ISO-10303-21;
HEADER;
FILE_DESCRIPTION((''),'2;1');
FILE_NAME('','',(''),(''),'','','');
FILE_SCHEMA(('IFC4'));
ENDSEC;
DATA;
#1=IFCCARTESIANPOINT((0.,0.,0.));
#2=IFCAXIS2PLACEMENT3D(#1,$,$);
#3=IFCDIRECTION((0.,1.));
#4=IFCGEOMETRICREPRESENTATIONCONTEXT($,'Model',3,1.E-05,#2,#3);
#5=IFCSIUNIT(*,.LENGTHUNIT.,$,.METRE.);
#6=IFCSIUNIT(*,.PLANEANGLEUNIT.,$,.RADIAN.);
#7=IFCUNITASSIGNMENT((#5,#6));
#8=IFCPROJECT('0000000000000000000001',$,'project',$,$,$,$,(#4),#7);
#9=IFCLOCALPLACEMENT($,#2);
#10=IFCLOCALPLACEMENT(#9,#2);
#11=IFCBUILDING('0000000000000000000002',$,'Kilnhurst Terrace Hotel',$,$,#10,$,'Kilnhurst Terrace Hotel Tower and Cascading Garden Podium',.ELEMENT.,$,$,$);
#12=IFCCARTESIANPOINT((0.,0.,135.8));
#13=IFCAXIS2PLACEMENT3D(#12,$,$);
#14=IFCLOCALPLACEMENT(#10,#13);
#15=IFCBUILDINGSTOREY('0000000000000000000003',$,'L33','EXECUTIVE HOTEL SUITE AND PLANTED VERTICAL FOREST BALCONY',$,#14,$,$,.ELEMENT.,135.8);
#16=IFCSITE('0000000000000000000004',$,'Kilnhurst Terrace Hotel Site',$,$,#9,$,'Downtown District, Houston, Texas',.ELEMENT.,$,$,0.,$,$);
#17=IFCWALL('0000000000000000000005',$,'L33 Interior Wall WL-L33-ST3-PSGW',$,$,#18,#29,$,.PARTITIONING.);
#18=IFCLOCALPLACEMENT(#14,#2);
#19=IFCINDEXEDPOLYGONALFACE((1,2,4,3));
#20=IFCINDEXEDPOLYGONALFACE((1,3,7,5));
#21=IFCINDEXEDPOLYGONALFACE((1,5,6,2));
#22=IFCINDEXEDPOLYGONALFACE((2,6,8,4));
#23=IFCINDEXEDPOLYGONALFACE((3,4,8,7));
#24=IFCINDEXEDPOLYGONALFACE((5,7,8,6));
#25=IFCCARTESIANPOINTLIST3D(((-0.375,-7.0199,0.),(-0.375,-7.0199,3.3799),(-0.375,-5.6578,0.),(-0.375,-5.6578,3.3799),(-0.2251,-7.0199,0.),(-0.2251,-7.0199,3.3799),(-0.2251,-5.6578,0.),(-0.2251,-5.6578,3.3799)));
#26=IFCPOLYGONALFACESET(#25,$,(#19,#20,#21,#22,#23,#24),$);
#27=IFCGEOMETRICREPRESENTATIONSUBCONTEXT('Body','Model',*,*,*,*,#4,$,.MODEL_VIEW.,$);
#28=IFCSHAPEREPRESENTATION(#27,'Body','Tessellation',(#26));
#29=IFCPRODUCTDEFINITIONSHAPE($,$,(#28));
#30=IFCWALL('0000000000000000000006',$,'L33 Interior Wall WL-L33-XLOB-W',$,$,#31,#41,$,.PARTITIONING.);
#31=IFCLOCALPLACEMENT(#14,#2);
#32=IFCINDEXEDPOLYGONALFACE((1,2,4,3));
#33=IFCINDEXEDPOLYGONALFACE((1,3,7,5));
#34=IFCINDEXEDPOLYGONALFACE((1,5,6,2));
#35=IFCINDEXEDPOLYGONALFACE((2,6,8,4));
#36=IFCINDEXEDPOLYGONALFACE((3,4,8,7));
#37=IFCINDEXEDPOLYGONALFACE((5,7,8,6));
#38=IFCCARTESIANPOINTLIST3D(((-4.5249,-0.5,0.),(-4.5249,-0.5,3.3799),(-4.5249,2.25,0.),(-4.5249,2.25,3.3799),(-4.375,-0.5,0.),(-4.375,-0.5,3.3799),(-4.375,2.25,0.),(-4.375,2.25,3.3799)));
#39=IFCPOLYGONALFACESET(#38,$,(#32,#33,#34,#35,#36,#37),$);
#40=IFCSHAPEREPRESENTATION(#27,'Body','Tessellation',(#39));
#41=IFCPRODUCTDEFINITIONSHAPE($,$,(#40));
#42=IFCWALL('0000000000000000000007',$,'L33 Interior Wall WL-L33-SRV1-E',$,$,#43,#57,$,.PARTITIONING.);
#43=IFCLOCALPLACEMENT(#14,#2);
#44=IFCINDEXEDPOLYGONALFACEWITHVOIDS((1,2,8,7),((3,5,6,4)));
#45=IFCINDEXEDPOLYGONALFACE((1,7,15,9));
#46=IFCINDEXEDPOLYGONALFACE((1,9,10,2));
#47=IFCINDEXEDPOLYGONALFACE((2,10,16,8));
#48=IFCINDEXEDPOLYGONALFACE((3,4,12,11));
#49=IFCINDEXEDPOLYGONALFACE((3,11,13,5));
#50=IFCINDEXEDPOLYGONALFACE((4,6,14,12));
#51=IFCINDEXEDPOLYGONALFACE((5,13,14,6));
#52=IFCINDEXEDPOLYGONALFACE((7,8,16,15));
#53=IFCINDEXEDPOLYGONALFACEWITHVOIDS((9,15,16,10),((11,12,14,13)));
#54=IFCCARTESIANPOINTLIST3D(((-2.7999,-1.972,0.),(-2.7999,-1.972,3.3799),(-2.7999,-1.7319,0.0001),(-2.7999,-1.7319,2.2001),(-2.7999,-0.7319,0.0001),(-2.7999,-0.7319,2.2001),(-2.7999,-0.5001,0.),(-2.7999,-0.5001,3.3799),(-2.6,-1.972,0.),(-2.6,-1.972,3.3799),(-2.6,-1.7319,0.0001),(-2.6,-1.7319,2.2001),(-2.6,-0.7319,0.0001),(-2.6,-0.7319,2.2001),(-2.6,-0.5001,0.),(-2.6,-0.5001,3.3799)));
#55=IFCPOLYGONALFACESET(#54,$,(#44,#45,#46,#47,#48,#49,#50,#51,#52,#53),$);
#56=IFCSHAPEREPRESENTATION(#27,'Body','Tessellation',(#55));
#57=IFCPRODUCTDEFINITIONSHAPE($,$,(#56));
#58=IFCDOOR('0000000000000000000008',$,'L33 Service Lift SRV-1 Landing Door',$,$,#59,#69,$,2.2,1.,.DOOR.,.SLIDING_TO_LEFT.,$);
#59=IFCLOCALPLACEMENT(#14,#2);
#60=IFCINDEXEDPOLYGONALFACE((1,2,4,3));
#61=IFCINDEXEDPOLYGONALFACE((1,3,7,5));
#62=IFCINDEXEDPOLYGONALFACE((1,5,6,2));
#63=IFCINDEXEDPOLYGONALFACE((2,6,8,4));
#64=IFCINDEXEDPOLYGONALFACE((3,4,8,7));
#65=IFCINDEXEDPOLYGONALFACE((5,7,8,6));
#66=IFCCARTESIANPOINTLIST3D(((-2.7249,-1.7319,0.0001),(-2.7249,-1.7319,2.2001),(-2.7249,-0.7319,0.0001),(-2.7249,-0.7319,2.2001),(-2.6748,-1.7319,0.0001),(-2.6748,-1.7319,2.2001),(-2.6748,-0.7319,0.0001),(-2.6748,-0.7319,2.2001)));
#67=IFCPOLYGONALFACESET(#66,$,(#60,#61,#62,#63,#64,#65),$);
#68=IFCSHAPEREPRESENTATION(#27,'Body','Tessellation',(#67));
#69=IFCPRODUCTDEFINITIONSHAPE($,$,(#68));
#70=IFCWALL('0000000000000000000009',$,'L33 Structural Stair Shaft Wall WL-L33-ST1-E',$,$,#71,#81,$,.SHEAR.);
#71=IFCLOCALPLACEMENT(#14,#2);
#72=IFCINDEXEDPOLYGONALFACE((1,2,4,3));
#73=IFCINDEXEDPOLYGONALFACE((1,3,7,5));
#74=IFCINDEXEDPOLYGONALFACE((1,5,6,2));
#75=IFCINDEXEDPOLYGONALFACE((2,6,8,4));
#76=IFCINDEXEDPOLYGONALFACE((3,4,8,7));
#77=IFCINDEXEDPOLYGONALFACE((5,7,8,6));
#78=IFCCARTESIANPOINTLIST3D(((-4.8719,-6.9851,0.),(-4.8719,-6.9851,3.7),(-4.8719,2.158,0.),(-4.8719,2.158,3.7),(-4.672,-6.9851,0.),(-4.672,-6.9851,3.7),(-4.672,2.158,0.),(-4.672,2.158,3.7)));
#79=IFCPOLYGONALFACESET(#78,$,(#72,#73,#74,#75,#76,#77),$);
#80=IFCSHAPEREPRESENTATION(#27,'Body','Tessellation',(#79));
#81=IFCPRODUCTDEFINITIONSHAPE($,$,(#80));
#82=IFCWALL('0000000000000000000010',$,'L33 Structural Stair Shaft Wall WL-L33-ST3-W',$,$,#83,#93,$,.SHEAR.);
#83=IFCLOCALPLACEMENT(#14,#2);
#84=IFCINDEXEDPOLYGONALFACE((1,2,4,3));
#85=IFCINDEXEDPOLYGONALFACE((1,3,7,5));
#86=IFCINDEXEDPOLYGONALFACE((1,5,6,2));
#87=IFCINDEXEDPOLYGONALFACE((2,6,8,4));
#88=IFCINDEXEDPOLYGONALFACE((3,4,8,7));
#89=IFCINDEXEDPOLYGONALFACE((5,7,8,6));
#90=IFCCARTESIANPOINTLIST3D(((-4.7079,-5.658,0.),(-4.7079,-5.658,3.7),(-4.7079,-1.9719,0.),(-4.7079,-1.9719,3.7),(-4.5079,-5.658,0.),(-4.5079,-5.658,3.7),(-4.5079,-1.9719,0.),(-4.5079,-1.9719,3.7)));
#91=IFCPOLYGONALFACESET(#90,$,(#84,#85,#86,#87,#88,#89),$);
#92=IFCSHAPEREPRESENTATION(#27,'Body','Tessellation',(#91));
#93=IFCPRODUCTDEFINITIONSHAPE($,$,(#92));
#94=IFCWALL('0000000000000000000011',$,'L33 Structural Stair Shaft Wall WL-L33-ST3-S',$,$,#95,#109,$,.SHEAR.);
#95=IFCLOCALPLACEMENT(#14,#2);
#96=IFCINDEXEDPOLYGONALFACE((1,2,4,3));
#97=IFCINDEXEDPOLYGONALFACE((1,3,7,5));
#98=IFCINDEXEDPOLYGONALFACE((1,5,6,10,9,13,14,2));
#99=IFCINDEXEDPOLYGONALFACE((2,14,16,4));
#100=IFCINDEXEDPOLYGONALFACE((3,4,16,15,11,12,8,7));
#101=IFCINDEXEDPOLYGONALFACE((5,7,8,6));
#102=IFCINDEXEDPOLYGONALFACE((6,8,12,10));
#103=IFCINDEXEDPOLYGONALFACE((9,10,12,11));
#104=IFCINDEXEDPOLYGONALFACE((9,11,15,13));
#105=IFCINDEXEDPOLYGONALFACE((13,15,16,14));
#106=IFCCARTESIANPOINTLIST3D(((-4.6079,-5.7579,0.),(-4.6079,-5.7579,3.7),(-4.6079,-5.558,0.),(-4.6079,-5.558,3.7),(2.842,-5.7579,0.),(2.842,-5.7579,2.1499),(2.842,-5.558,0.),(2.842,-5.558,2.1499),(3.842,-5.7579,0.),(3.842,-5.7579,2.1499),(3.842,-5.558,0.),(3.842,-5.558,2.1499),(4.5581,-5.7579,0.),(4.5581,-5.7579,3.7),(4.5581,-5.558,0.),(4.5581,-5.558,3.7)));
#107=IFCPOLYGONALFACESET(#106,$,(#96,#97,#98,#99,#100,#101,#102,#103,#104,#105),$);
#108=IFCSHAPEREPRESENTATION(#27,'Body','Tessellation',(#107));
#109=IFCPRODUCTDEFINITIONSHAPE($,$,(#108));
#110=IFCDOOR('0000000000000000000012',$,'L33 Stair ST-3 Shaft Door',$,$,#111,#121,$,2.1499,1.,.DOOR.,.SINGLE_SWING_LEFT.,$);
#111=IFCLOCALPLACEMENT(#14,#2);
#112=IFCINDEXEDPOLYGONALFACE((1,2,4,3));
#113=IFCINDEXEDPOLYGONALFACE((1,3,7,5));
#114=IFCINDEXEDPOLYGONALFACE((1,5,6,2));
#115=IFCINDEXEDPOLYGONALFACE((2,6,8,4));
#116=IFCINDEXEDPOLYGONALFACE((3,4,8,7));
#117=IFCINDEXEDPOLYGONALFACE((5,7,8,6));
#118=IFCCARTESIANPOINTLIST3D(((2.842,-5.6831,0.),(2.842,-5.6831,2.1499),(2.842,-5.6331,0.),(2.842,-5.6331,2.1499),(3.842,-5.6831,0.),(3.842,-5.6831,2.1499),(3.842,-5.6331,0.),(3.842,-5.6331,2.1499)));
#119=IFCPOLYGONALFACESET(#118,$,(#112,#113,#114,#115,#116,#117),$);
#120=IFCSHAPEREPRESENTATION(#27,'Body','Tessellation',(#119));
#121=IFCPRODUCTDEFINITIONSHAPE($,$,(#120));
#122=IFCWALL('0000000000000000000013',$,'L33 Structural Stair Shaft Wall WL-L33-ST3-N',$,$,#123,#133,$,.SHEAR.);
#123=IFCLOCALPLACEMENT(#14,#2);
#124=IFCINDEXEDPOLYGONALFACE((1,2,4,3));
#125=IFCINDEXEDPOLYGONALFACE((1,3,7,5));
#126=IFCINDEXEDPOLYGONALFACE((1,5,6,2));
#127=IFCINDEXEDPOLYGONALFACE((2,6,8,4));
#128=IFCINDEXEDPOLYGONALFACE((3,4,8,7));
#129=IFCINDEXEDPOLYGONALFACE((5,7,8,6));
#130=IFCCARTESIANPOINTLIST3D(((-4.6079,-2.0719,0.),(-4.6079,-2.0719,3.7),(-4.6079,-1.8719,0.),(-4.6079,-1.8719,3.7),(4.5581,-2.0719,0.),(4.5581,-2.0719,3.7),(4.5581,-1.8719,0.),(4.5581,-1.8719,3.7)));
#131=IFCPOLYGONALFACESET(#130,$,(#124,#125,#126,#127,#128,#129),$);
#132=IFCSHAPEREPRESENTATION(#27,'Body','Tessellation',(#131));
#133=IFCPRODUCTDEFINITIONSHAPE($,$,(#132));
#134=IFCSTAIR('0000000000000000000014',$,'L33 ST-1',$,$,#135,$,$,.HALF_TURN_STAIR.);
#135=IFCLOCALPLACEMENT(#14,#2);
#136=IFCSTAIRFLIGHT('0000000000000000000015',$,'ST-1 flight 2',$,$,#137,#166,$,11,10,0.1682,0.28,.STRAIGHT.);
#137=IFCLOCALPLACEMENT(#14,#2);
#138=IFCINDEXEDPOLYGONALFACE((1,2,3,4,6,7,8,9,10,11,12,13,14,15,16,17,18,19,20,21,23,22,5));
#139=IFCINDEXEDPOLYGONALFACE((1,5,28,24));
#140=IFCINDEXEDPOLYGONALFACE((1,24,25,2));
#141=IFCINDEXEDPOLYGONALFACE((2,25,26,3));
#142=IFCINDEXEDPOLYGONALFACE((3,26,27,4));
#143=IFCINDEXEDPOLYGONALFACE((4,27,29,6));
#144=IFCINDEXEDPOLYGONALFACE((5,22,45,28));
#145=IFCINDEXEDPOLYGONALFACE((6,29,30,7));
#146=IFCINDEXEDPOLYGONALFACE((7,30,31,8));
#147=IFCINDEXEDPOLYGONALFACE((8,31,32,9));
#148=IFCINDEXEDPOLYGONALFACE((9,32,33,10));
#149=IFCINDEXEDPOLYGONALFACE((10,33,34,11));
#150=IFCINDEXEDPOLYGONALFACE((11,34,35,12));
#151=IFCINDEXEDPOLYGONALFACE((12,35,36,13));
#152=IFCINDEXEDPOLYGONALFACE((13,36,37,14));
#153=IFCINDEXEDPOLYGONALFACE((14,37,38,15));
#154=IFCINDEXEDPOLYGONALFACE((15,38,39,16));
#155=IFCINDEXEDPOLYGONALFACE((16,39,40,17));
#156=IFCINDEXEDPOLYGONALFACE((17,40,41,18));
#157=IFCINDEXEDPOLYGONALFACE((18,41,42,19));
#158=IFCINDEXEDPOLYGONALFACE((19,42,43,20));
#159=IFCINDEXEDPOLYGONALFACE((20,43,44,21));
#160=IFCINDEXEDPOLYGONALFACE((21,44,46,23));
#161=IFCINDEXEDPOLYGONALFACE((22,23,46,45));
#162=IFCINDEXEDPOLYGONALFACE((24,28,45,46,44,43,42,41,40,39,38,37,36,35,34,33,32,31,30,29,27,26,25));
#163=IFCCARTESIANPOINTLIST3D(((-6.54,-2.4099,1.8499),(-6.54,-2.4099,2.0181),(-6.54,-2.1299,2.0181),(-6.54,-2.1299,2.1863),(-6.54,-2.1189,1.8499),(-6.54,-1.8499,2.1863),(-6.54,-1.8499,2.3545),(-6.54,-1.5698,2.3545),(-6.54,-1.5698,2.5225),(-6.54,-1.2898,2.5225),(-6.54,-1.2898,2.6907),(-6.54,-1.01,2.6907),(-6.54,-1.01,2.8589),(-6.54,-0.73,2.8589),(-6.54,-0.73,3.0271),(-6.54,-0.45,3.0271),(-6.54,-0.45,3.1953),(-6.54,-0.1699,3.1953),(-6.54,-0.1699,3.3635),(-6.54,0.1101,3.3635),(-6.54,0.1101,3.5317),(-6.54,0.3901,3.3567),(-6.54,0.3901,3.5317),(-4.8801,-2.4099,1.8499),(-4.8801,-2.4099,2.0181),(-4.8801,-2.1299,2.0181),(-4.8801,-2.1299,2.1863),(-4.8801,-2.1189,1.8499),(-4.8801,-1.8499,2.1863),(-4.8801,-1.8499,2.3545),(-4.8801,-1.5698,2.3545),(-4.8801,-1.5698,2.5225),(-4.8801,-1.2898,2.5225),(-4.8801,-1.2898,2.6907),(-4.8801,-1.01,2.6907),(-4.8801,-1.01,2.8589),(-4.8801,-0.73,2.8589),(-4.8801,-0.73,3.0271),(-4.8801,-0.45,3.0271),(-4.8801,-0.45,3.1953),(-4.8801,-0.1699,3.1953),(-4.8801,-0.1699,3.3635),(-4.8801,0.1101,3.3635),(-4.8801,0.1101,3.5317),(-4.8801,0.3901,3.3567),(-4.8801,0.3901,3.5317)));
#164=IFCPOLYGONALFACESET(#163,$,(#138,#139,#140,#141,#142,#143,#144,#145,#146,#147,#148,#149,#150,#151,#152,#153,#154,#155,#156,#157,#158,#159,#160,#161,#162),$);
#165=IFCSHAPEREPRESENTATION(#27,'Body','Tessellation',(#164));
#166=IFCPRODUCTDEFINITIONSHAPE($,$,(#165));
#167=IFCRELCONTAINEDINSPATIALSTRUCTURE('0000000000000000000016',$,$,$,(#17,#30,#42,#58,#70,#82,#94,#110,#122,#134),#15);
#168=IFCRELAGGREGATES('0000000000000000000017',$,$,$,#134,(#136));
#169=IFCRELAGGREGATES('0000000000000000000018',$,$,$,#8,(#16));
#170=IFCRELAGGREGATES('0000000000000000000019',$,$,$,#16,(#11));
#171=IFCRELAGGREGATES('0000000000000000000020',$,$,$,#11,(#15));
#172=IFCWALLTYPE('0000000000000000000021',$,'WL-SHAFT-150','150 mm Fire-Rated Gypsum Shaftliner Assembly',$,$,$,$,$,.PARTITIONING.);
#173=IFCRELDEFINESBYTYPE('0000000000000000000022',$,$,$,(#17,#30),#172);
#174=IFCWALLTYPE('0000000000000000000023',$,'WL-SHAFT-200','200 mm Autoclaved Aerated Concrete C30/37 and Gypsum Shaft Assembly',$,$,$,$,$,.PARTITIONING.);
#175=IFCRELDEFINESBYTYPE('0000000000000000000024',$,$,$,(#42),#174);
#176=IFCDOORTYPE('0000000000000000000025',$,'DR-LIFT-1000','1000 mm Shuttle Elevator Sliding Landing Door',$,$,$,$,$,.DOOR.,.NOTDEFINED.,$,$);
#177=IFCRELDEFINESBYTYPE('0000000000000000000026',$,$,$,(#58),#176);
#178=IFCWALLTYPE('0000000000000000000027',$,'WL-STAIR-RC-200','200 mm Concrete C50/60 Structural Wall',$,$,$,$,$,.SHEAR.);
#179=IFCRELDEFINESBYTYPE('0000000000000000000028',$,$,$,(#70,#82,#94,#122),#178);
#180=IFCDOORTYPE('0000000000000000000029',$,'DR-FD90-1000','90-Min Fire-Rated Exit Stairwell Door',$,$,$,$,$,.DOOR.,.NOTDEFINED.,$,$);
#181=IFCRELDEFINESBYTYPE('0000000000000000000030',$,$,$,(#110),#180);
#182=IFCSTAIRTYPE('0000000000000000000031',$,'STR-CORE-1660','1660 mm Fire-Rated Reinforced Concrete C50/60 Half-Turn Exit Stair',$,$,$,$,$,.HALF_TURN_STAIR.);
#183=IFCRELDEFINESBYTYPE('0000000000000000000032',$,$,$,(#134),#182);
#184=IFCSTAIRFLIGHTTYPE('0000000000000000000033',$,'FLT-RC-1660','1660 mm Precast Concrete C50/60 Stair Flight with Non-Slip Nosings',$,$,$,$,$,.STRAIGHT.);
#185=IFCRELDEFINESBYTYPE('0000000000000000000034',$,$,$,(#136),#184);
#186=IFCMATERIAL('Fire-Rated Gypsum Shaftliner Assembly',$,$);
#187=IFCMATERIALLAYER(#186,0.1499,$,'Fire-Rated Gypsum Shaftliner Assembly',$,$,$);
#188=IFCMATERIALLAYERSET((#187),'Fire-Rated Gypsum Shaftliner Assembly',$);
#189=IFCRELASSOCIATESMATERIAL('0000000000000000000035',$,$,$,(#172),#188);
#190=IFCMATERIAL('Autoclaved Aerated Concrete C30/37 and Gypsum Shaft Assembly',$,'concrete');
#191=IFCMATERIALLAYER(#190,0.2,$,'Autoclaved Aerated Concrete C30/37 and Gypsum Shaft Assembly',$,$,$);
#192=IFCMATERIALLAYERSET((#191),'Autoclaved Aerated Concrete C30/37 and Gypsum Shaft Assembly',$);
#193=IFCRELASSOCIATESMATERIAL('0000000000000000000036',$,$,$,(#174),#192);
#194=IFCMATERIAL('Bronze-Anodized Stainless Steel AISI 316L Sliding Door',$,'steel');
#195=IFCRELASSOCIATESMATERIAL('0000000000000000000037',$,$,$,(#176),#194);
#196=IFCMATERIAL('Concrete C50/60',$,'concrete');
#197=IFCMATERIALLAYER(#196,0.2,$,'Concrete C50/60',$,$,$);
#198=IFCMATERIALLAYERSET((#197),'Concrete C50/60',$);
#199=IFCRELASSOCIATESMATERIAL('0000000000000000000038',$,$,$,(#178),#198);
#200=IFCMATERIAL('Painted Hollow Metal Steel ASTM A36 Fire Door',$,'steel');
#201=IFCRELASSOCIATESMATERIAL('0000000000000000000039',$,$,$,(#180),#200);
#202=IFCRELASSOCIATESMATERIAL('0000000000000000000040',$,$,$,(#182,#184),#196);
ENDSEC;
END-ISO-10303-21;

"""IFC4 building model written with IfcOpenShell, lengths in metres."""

from ifc_helpers import new_model, si_unit, direction, frame, frame_2d, origin, place, context, subcontext, project, spatial, polyline, rectangle, outline, extrude, material, layer, layer_set, type_object, element, fill, aggregate, save


model = new_model("IFC4")

# Units and contexts
model_context = context("Model", 3, precision=1e-05, world=origin(), true_north=direction((0.0, 1.0)))
body_context = subcontext(model_context, "Body", "Model", "MODEL_VIEW")
ifc_project = project(units=[si_unit("LENGTHUNIT", "METRE"), si_unit("PLANEANGLEUNIT", "RADIAN")], contexts=[model_context])

# Site, building, storey
site_placement = place(None, origin())
site = spatial("IfcSite", under=ifc_project, at=site_placement, Name="Kilnhurst Terrace Hotel Site", LongName="Downtown District, Houston, Texas", CompositionType="ELEMENT", RefElevation=0.0)
building_placement = place(site_placement, origin())
building = spatial("IfcBuilding", under=site, at=building_placement, Name="Kilnhurst Terrace Hotel", LongName="Kilnhurst Terrace Hotel Tower and Cascading Garden Podium", CompositionType="ELEMENT")
storey_placement = place(building_placement, frame((0.0, 0.0, 135.8)))
storey = spatial("IfcBuildingStorey", under=building, at=storey_placement, Name="L33", Description="EXECUTIVE HOTEL SUITE AND PLANTED VERTICAL FOREST BALCONY", CompositionType="ELEMENT", Elevation=135.8)

# Walls
ifc_material_1 = material(Name="Fire-Rated Gypsum Shaftliner Assembly")
ifc_layer_1 = layer(ifc_material_1, 0.1499, Name="Fire-Rated Gypsum Shaftliner Assembly")
ifc_layer_set_1 = layer_set([ifc_layer_1], Name="Fire-Rated Gypsum Shaftliner Assembly")
wall_type_1 = type_object("IfcWallType", Name="WL-SHAFT-150", Description="150 mm Fire-Rated Gypsum Shaftliner Assembly", PredefinedType="PARTITIONING", material=ifc_layer_set_1)
wall_1_placement = place(storey_placement, frame((-0.3, -7.02, 0.0), z_axis=(0.0, 0.0, 1.0), x_axis=(0.0, 1.0, 0.0)))
element("IfcWall", 1, at=wall_1_placement, inside=storey, type_object=wall_type_1, Name="L33 Interior Wall WL-L33-ST3-PSGW", PredefinedType="PARTITIONING", context=body_context, shape_type="SweptSolid", body=[
    extrude(rectangle(XDim=1.3621, YDim=0.1499, at=frame_2d((0.6812, 0.0))), origin(), (0.0, 0.0, 1.0), 3.3799),
])
wall_2_placement = place(storey_placement, frame((-4.45, -0.5, 0.0), z_axis=(0.0, 0.0, 1.0), x_axis=(0.0, 1.0, 0.0)))
element("IfcWall", 2, at=wall_2_placement, inside=storey, type_object=wall_type_1, Name="L33 Interior Wall WL-L33-XLOB-W", PredefinedType="PARTITIONING", context=body_context, shape_type="SweptSolid", body=[
    extrude(rectangle(XDim=2.75, YDim=0.1499, at=frame_2d((1.375, 0.0))), origin(), (0.0, 0.0, 1.0), 3.3799),
])

# Wall, opening, door
ifc_material_2 = material(Name="Autoclaved Aerated Concrete C30/37 and Gypsum Shaft Assembly", Category="concrete")
ifc_layer_2 = layer(ifc_material_2, 0.2, Name="Autoclaved Aerated Concrete C30/37 and Gypsum Shaft Assembly")
ifc_layer_set_2 = layer_set([ifc_layer_2], Name="Autoclaved Aerated Concrete C30/37 and Gypsum Shaft Assembly")
wall_type_2 = type_object("IfcWallType", Name="WL-SHAFT-200", Description="200 mm Autoclaved Aerated Concrete C30/37 and Gypsum Shaft Assembly", PredefinedType="PARTITIONING", material=ifc_layer_set_2)
wall_3_placement = place(storey_placement, frame((-2.7, -1.9719, 0.0), z_axis=(0.0, 0.0, 1.0), x_axis=(0.0, 1.0, 0.0)))
wall_3 = element("IfcWall", 3, at=wall_3_placement, inside=storey, type_object=wall_type_2, Name="L33 Interior Wall WL-L33-SRV1-E", PredefinedType="PARTITIONING", context=body_context, shape_type="SweptSolid", body=[
    extrude(rectangle(XDim=1.4719, YDim=0.2, at=frame_2d((0.7358, 0.0))), origin(), (0.0, 0.0, 1.0), 3.3799),
])
opening_1_placement = place(wall_3_placement, frame((0.24, 0.0, 0.0)))
opening_1 = element("IfcOpeningElement", 4, at=opening_1_placement, cuts=wall_3, PredefinedType="OPENING", context=body_context, shape_type="SweptSolid", body=[
    extrude(rectangle(XDim=1.0, YDim=2.2, at=frame_2d((0.5, 1.1001))), frame((0.0, 0.1099, 0.0), z_axis=(0.0, -1.0, 0.0), x_axis=(1.0, 0.0, 0.0)), (0.0, 0.0, 1.0), 0.22),
])
ifc_material_3 = material(Name="Bronze-Anodized Stainless Steel AISI 316L Sliding Door", Category="steel")
door_type_1 = type_object("IfcDoorType", Name="DR-LIFT-1000", Description="1000 mm Shuttle Elevator Sliding Landing Door", OperationType="NOTDEFINED", PredefinedType="DOOR", material=ifc_material_3)
door_1_placement = place(opening_1_placement, origin())
door_1 = element("IfcDoor", 5, at=door_1_placement, inside=storey, type_object=door_type_1, Name="L33 Service Lift SRV-1 Landing Door", OperationType="SLIDING_TO_LEFT", OverallHeight=2.2, OverallWidth=1.0, PredefinedType="DOOR", context=body_context, shape_type="SweptSolid", body=[
    extrude(rectangle(XDim=1.0, YDim=2.2, at=frame_2d((0.5, 1.1001))), frame((0.0, 0.0249, 0.0), z_axis=(0.0, -1.0, 0.0), x_axis=(1.0, 0.0, 0.0)), (0.0, 0.0, 1.0), 0.05),
])
fill(opening_1, door_1)

# Walls
ifc_material_4 = material(Name="Concrete C50/60", Category="concrete")
ifc_layer_3 = layer(ifc_material_4, 0.2, Name="Concrete C50/60")
ifc_layer_set_3 = layer_set([ifc_layer_3], Name="Concrete C50/60")
wall_type_3 = type_object("IfcWallType", Name="WL-STAIR-RC-200", Description="200 mm Concrete C50/60 Structural Wall", PredefinedType="SHEAR", material=ifc_layer_set_3)
wall_4_placement = place(storey_placement, frame((-4.772, -6.9851, 0.0), z_axis=(0.0, 0.0, 1.0), x_axis=(0.0, 1.0, 0.0)))
element("IfcWall", 6, at=wall_4_placement, inside=storey, type_object=wall_type_3, Name="L33 Structural Stair Shaft Wall WL-L33-ST1-E", PredefinedType="SHEAR", context=body_context, shape_type="SweptSolid", body=[
    extrude(rectangle(XDim=9.1431, YDim=0.2, at=frame_2d((4.5715, 0.0))), origin(), (0.0, 0.0, 1.0), 3.7),
])
wall_5_placement = place(storey_placement, frame((-4.6079, -5.658, 0.0), z_axis=(0.0, 0.0, 1.0), x_axis=(0.0, 1.0, 0.0)))
element("IfcWall", 7, at=wall_5_placement, inside=storey, type_object=wall_type_3, Name="L33 Structural Stair Shaft Wall WL-L33-ST3-W", PredefinedType="SHEAR", context=body_context, shape_type="SweptSolid", body=[
    extrude(rectangle(XDim=3.686, YDim=0.2, at=frame_2d((1.843, 0.0))), origin(), (0.0, 0.0, 1.0), 3.7),
])

# Wall, opening, door
wall_6_placement = place(storey_placement, frame((-4.6079, -5.658, 0.0), z_axis=(0.0, 0.0, 1.0), x_axis=(1.0, 0.0, 0.0)))
wall_6 = element("IfcWall", 8, at=wall_6_placement, inside=storey, type_object=wall_type_3, Name="L33 Structural Stair Shaft Wall WL-L33-ST3-S", PredefinedType="SHEAR", context=body_context, shape_type="SweptSolid", body=[
    extrude(rectangle(XDim=9.166, YDim=0.2, at=frame_2d((4.583, 0.0))), origin(), (0.0, 0.0, 1.0), 3.7),
])
opening_2_placement = place(wall_6_placement, frame((7.45, 0.0, 0.0)))
opening_2 = element("IfcOpeningElement", 9, at=opening_2_placement, cuts=wall_6, PredefinedType="OPENING", context=body_context, shape_type="SweptSolid", body=[
    extrude(rectangle(XDim=1.0, YDim=2.1499, at=frame_2d((0.5, 1.075))), frame((0.0, 0.1099, 0.0), z_axis=(0.0, -1.0, 0.0), x_axis=(1.0, 0.0, 0.0)), (0.0, 0.0, 1.0), 0.22),
])
ifc_material_5 = material(Name="Painted Hollow Metal Steel ASTM A36 Fire Door", Category="steel")
door_type_2 = type_object("IfcDoorType", Name="DR-FD90-1000", Description="90-Min Fire-Rated Exit Stairwell Door", OperationType="NOTDEFINED", PredefinedType="DOOR", material=ifc_material_5)
door_2_placement = place(opening_2_placement, origin())
door_2 = element("IfcDoor", 10, at=door_2_placement, inside=storey, type_object=door_type_2, Name="L33 Stair ST-3 Shaft Door", OperationType="SINGLE_SWING_LEFT", OverallHeight=2.1499, OverallWidth=1.0, PredefinedType="DOOR", context=body_context, shape_type="SweptSolid", body=[
    extrude(rectangle(XDim=1.0, YDim=2.1499, at=frame_2d((0.5, 1.075))), frame((0.0, 0.0249, 0.0), z_axis=(0.0, -1.0, 0.0), x_axis=(1.0, 0.0, 0.0)), (0.0, 0.0, 1.0), 0.05),
])
fill(opening_2, door_2)

# Wall
wall_7_placement = place(storey_placement, frame((-4.6079, -1.9719, 0.0), z_axis=(0.0, 0.0, 1.0), x_axis=(1.0, 0.0, 0.0)))
element("IfcWall", 11, at=wall_7_placement, inside=storey, type_object=wall_type_3, Name="L33 Structural Stair Shaft Wall WL-L33-ST3-N", PredefinedType="SHEAR", context=body_context, shape_type="SweptSolid", body=[
    extrude(rectangle(XDim=9.166, YDim=0.2, at=frame_2d((4.583, 0.0))), origin(), (0.0, 0.0, 1.0), 3.7),
])

# Stair, stair flight
stair_type = type_object("IfcStairType", Name="STR-CORE-1660", Description="1660 mm Fire-Rated Reinforced Concrete C50/60 Half-Turn Exit Stair", PredefinedType="HALF_TURN_STAIR", material=ifc_material_4)
stair_1_placement = place(storey_placement, origin())
stair_1 = element("IfcStair", 12, at=stair_1_placement, inside=storey, type_object=stair_type, Name="L33 ST-1", PredefinedType="HALF_TURN_STAIR")
stair_flight_type = type_object("IfcStairFlightType", Name="FLT-RC-1660", Description="1660 mm Precast Concrete C50/60 Stair Flight with Non-Slip Nosings", PredefinedType="STRAIGHT", material=ifc_material_4)
stair_flight_1_placement = place(storey_placement, frame((-5.71, -2.4099, 1.8499), z_axis=(0.0, 0.0, 1.0), x_axis=(0.0, 1.0, 0.0)))
stair_flight_1 = element("IfcStairFlight", 13, at=stair_flight_1_placement, type_object=stair_flight_type, Name="ST-1 flight 2", NumberOfRisers=11, NumberOfTreads=10, PredefinedType="STRAIGHT", RiserHeight=0.1682, TreadLength=0.28, context=body_context, shape_type="SweptSolid", body=[
    extrude(outline(polyline([(0.0, 0.0), (0.0, 0.1682), (0.28, 0.1682), (0.28, 0.3364), (0.5601, 0.3364), (0.5601, 0.5046), (0.8401, 0.5046), (0.8401, 0.6726), (1.1201, 0.6726), (1.1201, 0.8408), (1.3999, 0.8408), (1.3999, 1.009), (1.6799, 1.009), (1.6799, 1.1772), (1.96, 1.1772), (1.96, 1.3455), (2.24, 1.3455), (2.24, 1.5137), (2.52, 1.5137), (2.52, 1.6819), (2.8, 1.6819), (2.8, 1.8501), (2.8, 1.5068), (0.291, 0.0), (0.0, 0.0)])), frame((0.0, 0.8301, 0.0), z_axis=(0.0, -1.0, 0.0), x_axis=(1.0, 0.0, 0.0)), (0.0, 0.0, 1.0), 1.6599),
])
aggregate(stair_1, [stair_flight_1])

save(model, "model.ifc")
